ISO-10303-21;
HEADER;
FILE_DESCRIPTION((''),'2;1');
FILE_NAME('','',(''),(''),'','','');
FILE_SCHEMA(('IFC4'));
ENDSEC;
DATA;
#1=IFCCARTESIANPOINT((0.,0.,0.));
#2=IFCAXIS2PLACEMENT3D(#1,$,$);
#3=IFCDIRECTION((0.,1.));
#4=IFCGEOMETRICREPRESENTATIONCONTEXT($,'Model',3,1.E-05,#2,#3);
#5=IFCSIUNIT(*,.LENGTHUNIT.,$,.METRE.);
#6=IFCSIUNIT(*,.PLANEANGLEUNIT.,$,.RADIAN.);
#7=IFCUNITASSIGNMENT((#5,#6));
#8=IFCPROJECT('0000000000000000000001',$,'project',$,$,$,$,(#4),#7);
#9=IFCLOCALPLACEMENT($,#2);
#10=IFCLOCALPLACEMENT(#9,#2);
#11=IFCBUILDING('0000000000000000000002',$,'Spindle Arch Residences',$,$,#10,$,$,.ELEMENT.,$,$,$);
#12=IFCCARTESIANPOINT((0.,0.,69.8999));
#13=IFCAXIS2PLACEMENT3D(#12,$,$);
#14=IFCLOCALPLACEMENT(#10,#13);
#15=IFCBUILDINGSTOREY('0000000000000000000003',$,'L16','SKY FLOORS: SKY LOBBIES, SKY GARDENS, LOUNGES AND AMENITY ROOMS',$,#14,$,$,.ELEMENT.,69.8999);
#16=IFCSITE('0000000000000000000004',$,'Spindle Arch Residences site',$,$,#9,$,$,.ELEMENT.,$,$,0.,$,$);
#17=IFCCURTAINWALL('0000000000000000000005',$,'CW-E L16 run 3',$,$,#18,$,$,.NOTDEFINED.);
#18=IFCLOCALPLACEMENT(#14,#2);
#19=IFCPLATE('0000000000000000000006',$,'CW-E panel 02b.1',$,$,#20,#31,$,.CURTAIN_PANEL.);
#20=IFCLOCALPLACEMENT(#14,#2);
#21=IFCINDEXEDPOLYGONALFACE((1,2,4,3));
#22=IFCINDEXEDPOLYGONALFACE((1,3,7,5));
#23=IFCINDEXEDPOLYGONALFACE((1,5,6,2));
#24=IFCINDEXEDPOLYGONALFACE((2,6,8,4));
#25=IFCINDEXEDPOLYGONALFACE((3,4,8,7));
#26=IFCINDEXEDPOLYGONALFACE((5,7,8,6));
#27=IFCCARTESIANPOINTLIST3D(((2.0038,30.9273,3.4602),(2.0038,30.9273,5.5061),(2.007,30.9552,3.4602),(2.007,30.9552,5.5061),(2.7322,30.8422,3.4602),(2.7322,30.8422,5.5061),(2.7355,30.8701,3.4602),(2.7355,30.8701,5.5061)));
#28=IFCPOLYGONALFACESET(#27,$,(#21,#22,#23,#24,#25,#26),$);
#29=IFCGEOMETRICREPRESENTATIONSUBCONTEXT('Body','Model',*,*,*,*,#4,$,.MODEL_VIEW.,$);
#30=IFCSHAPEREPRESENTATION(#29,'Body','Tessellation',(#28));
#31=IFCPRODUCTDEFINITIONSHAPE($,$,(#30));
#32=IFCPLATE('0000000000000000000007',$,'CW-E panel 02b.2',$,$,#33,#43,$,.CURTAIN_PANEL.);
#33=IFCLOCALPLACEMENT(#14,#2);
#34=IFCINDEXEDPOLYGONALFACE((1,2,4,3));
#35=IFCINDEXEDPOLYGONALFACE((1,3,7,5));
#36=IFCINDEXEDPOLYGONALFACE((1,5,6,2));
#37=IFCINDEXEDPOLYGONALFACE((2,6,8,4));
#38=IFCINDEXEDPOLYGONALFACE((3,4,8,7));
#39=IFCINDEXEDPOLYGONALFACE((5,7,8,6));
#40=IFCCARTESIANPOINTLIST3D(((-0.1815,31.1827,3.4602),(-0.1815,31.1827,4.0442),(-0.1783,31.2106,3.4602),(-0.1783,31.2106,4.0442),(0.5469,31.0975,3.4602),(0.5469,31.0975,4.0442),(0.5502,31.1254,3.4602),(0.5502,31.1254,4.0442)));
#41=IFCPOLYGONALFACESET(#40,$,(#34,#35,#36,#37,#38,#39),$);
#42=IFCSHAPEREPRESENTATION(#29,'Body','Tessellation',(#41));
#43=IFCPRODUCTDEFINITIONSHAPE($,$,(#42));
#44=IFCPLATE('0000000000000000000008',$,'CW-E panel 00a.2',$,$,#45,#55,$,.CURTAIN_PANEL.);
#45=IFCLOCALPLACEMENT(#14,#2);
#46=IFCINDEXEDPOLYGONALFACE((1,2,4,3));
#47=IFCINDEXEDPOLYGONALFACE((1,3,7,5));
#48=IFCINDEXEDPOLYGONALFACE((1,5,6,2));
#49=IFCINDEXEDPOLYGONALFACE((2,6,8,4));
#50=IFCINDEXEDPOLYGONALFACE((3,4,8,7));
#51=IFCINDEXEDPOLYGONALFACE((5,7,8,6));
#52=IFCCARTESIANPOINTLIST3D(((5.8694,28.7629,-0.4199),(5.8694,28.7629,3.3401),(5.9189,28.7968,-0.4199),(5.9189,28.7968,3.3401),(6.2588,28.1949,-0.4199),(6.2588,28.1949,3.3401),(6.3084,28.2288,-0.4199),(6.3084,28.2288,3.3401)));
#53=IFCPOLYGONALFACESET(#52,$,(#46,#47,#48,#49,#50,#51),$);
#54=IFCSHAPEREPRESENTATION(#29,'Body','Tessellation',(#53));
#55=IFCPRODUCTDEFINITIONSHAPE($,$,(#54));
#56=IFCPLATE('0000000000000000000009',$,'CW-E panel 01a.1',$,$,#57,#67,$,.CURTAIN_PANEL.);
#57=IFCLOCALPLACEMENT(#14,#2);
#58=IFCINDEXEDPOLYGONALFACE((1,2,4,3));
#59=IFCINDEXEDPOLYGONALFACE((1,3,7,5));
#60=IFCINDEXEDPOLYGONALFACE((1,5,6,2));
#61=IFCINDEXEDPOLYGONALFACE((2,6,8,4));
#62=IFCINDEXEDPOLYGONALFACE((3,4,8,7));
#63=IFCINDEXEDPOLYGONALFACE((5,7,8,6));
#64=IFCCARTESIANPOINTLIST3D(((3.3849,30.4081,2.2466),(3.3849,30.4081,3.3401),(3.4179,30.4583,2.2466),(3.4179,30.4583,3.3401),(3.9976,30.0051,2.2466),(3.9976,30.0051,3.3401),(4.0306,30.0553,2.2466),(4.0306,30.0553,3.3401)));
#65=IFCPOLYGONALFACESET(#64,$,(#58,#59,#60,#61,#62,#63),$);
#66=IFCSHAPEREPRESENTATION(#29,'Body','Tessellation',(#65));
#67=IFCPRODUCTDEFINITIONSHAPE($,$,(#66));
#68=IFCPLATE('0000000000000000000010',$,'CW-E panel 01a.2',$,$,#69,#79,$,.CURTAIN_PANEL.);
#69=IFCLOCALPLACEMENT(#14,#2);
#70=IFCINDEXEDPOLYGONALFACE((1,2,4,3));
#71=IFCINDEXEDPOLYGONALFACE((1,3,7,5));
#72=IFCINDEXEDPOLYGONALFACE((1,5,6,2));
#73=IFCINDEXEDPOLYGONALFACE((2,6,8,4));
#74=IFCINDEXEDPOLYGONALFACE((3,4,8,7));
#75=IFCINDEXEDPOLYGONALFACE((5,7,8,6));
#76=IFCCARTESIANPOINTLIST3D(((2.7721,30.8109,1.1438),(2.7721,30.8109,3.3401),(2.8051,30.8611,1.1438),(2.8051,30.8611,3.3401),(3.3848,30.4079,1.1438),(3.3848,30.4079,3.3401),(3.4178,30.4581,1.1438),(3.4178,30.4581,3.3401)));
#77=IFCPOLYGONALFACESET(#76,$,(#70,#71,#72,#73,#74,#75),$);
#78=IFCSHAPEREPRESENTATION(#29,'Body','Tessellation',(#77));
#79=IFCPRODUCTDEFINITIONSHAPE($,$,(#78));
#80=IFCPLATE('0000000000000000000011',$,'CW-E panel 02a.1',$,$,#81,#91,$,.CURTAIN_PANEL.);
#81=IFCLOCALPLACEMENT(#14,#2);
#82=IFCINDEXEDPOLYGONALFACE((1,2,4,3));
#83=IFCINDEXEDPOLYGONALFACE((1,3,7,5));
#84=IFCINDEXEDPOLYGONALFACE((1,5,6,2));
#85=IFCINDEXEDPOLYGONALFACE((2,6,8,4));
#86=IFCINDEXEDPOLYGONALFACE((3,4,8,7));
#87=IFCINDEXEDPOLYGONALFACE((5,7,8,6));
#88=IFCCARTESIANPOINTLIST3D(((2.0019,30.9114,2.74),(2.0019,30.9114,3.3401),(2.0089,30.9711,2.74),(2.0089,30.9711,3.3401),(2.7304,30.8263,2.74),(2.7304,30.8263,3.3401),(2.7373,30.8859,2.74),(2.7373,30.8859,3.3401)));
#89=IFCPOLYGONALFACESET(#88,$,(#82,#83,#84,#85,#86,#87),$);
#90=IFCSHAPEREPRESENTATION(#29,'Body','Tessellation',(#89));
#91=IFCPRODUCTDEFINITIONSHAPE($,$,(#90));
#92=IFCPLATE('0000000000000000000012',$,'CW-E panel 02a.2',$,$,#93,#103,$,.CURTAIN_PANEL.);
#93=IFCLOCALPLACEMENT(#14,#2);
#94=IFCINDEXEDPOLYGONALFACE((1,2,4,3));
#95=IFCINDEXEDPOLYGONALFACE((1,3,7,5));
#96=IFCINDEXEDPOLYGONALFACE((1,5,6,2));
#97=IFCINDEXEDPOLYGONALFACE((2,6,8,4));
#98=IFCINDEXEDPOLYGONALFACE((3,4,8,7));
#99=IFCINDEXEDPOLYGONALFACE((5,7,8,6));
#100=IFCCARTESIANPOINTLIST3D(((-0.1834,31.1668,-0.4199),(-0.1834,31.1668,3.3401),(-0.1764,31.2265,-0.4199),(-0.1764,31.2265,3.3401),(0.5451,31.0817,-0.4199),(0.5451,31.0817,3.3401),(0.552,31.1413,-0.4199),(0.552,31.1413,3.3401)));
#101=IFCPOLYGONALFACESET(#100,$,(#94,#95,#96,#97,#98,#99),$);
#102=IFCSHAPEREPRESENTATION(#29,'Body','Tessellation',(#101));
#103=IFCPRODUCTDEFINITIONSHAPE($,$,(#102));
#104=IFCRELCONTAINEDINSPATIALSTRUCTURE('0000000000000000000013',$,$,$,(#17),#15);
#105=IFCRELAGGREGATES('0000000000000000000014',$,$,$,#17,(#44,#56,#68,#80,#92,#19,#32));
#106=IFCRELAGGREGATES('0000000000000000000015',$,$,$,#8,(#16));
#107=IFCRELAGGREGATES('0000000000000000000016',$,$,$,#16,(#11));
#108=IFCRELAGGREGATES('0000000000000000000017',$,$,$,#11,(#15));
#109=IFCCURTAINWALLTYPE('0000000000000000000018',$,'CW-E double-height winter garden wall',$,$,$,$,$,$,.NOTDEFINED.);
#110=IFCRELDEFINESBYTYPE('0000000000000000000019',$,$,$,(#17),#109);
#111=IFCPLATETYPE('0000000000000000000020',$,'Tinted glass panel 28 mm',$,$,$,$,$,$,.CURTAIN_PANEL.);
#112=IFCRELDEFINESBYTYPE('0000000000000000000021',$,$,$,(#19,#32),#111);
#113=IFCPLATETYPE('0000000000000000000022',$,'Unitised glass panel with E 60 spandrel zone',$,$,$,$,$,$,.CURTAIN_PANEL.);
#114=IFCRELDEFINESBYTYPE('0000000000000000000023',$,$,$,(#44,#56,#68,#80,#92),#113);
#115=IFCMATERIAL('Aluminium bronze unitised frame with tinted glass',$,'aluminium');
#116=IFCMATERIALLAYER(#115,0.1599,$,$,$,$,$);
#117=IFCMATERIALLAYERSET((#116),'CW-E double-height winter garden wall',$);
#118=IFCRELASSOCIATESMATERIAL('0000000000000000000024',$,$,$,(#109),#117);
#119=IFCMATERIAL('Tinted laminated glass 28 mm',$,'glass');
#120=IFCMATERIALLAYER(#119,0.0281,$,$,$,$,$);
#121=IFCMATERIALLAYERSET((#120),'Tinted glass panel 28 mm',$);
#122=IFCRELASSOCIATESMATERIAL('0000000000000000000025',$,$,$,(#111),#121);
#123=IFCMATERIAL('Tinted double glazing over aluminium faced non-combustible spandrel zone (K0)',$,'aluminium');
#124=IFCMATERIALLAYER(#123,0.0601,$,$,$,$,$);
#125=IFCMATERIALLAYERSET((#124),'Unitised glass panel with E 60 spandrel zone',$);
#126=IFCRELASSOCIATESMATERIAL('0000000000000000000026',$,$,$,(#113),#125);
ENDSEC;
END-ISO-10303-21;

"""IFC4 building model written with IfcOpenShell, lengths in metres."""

from ifc_helpers import new_model, si_unit, direction, frame, origin, origin_2d, place, context, subcontext, project, spatial, rectangle, extrude, material, layer, layer_set, type_object, element, aggregate, save


model = new_model("IFC4")

# Units and contexts
model_context = context("Model", 3, precision=1e-05, world=origin(), true_north=direction((0.0, 1.0)))
body_context = subcontext(model_context, "Body", "Model", "MODEL_VIEW")
ifc_project = project(units=[si_unit("LENGTHUNIT", "METRE"), si_unit("PLANEANGLEUNIT", "RADIAN")], contexts=[model_context])

# Site, building, storey
site_placement = place(None, origin())
site = spatial("IfcSite", under=ifc_project, at=site_placement, Name="Spindle Arch Residences site", CompositionType="ELEMENT", RefElevation=0.0)
building_placement = place(site_placement, origin())
building = spatial("IfcBuilding", under=site, at=building_placement, Name="Spindle Arch Residences", CompositionType="ELEMENT")
storey_placement = place(building_placement, frame((0.0, 0.0, 69.8999)))
storey = spatial("IfcBuildingStorey", under=building, at=storey_placement, Name="L16", Description="SKY FLOORS: SKY LOBBIES, SKY GARDENS, LOUNGES AND AMENITY ROOMS", CompositionType="ELEMENT", Elevation=69.8999)

# Curtain wall, plates
ifc_material_1 = material(Name="Aluminium bronze unitised frame with tinted glass", Category="aluminium")
ifc_layer_1 = layer(ifc_material_1, 0.1599)
ifc_layer_set_1 = layer_set([ifc_layer_1], Name="CW-E double-height winter garden wall")
curtain_wall_type = type_object("IfcCurtainWallType", Name="CW-E double-height winter garden wall", PredefinedType="NOTDEFINED", material=ifc_layer_set_1)
curtain_wall_placement = place(storey_placement, origin())
curtain_wall = element("IfcCurtainWall", 1, at=curtain_wall_placement, inside=storey, type_object=curtain_wall_type, Name="CW-E L16 run 3", PredefinedType="NOTDEFINED")
ifc_material_2 = material(Name="Tinted laminated glass 28 mm", Category="glass")
ifc_layer_2 = layer(ifc_material_2, 0.0281)
ifc_layer_set_2 = layer_set([ifc_layer_2], Name="Tinted glass panel 28 mm")
plate_type_1 = type_object("IfcPlateType", Name="Tinted glass panel 28 mm", PredefinedType="CURTAIN_PANEL", material=ifc_layer_set_2)
plate_1_placement = place(storey_placement, frame((2.3696, 30.8987, 3.4602), z_axis=(0.0, 0.0, 1.0), x_axis=(-0.993238, 0.116093, 0.0)))
plate_1 = element("IfcPlate", 2, at=plate_1_placement, type_object=plate_type_1, Name="CW-E panel 02b.1", PredefinedType="CURTAIN_PANEL", context=body_context, shape_type="SweptSolid", body=[
    extrude(rectangle(XDim=0.7334, YDim=0.0281, at=origin_2d()), origin(), (0.0, 0.0, 1.0), 2.0459),
])
plate_2_placement = place(storey_placement, frame((0.1843, 31.1541, 3.4602), z_axis=(0.0, 0.0, 1.0), x_axis=(-0.993238, 0.116093, 0.0)))
plate_2 = element("IfcPlate", 3, at=plate_2_placement, type_object=plate_type_1, Name="CW-E panel 02b.2", PredefinedType="CURTAIN_PANEL", context=body_context, shape_type="SweptSolid", body=[
    extrude(rectangle(XDim=0.7334, YDim=0.0281, at=origin_2d()), origin(), (0.0, 0.0, 1.0), 0.584),
])
ifc_material_3 = material(Name="Tinted double glazing over aluminium faced non-combustible spandrel zone (K0)", Category="aluminium")
ifc_layer_3 = layer(ifc_material_3, 0.0601)
ifc_layer_set_3 = layer_set([ifc_layer_3], Name="Unitised glass panel with E 60 spandrel zone")
plate_type_2 = type_object("IfcPlateType", Name="Unitised glass panel with E 60 spandrel zone", PredefinedType="CURTAIN_PANEL", material=ifc_layer_set_3)
plate_3_placement = place(storey_placement, frame((6.0889, 28.4958, -0.4199), z_axis=(0.0, 0.0, 1.0), x_axis=(-0.565501, 0.824748, 0.0)))
plate_3 = element("IfcPlate", 4, at=plate_3_placement, type_object=plate_type_2, Name="CW-E panel 00a.2", PredefinedType="CURTAIN_PANEL", context=body_context, shape_type="SweptSolid", body=[
    extrude(rectangle(XDim=0.6887, YDim=0.0601, at=origin_2d()), origin(), (0.0, 0.0, 1.0), 3.76),
])
plate_4_placement = place(storey_placement, frame((3.7078, 30.2317, 2.2466), z_axis=(0.0, 0.0, 1.0), x_axis=(-0.835488, 0.549509, 0.0)))
plate_4 = element("IfcPlate", 5, at=plate_4_placement, type_object=plate_type_2, Name="CW-E panel 01a.1", PredefinedType="CURTAIN_PANEL", context=body_context, shape_type="SweptSolid", body=[
    extrude(rectangle(XDim=0.7334, YDim=0.0601, at=origin_2d()), origin(), (0.0, 0.0, 1.0), 1.0935),
])
plate_5_placement = place(storey_placement, frame((3.095, 30.6345, 1.1438), z_axis=(0.0, 0.0, 1.0), x_axis=(-0.835488, 0.549509, 0.0)))
plate_5 = element("IfcPlate", 6, at=plate_5_placement, type_object=plate_type_2, Name="CW-E panel 01a.2", PredefinedType="CURTAIN_PANEL", context=body_context, shape_type="SweptSolid", body=[
    extrude(rectangle(XDim=0.7334, YDim=0.0601, at=origin_2d()), origin(), (0.0, 0.0, 1.0), 2.1963),
])
plate_6_placement = place(storey_placement, frame((2.3696, 30.8987, 2.74), z_axis=(0.0, 0.0, 1.0), x_axis=(-0.993238, 0.116093, 0.0)))
plate_6 = element("IfcPlate", 7, at=plate_6_placement, type_object=plate_type_2, Name="CW-E panel 02a.1", PredefinedType="CURTAIN_PANEL", context=body_context, shape_type="SweptSolid", body=[
    extrude(rectangle(XDim=0.7334, YDim=0.0601, at=origin_2d()), origin(), (0.0, 0.0, 1.0), 0.6001),
])
plate_7_placement = place(storey_placement, frame((0.1843, 31.1541, -0.4199), z_axis=(0.0, 0.0, 1.0), x_axis=(-0.993238, 0.116093, 0.0)))
plate_7 = element("IfcPlate", 8, at=plate_7_placement, type_object=plate_type_2, Name="CW-E panel 02a.2", PredefinedType="CURTAIN_PANEL", context=body_context, shape_type="SweptSolid", body=[
    extrude(rectangle(XDim=0.7334, YDim=0.0601, at=origin_2d()), origin(), (0.0, 0.0, 1.0), 3.76),
])
aggregate(curtain_wall, [plate_3, plate_4, plate_5, plate_6, plate_7, plate_1, plate_2])

save(model, "model.ifc")
